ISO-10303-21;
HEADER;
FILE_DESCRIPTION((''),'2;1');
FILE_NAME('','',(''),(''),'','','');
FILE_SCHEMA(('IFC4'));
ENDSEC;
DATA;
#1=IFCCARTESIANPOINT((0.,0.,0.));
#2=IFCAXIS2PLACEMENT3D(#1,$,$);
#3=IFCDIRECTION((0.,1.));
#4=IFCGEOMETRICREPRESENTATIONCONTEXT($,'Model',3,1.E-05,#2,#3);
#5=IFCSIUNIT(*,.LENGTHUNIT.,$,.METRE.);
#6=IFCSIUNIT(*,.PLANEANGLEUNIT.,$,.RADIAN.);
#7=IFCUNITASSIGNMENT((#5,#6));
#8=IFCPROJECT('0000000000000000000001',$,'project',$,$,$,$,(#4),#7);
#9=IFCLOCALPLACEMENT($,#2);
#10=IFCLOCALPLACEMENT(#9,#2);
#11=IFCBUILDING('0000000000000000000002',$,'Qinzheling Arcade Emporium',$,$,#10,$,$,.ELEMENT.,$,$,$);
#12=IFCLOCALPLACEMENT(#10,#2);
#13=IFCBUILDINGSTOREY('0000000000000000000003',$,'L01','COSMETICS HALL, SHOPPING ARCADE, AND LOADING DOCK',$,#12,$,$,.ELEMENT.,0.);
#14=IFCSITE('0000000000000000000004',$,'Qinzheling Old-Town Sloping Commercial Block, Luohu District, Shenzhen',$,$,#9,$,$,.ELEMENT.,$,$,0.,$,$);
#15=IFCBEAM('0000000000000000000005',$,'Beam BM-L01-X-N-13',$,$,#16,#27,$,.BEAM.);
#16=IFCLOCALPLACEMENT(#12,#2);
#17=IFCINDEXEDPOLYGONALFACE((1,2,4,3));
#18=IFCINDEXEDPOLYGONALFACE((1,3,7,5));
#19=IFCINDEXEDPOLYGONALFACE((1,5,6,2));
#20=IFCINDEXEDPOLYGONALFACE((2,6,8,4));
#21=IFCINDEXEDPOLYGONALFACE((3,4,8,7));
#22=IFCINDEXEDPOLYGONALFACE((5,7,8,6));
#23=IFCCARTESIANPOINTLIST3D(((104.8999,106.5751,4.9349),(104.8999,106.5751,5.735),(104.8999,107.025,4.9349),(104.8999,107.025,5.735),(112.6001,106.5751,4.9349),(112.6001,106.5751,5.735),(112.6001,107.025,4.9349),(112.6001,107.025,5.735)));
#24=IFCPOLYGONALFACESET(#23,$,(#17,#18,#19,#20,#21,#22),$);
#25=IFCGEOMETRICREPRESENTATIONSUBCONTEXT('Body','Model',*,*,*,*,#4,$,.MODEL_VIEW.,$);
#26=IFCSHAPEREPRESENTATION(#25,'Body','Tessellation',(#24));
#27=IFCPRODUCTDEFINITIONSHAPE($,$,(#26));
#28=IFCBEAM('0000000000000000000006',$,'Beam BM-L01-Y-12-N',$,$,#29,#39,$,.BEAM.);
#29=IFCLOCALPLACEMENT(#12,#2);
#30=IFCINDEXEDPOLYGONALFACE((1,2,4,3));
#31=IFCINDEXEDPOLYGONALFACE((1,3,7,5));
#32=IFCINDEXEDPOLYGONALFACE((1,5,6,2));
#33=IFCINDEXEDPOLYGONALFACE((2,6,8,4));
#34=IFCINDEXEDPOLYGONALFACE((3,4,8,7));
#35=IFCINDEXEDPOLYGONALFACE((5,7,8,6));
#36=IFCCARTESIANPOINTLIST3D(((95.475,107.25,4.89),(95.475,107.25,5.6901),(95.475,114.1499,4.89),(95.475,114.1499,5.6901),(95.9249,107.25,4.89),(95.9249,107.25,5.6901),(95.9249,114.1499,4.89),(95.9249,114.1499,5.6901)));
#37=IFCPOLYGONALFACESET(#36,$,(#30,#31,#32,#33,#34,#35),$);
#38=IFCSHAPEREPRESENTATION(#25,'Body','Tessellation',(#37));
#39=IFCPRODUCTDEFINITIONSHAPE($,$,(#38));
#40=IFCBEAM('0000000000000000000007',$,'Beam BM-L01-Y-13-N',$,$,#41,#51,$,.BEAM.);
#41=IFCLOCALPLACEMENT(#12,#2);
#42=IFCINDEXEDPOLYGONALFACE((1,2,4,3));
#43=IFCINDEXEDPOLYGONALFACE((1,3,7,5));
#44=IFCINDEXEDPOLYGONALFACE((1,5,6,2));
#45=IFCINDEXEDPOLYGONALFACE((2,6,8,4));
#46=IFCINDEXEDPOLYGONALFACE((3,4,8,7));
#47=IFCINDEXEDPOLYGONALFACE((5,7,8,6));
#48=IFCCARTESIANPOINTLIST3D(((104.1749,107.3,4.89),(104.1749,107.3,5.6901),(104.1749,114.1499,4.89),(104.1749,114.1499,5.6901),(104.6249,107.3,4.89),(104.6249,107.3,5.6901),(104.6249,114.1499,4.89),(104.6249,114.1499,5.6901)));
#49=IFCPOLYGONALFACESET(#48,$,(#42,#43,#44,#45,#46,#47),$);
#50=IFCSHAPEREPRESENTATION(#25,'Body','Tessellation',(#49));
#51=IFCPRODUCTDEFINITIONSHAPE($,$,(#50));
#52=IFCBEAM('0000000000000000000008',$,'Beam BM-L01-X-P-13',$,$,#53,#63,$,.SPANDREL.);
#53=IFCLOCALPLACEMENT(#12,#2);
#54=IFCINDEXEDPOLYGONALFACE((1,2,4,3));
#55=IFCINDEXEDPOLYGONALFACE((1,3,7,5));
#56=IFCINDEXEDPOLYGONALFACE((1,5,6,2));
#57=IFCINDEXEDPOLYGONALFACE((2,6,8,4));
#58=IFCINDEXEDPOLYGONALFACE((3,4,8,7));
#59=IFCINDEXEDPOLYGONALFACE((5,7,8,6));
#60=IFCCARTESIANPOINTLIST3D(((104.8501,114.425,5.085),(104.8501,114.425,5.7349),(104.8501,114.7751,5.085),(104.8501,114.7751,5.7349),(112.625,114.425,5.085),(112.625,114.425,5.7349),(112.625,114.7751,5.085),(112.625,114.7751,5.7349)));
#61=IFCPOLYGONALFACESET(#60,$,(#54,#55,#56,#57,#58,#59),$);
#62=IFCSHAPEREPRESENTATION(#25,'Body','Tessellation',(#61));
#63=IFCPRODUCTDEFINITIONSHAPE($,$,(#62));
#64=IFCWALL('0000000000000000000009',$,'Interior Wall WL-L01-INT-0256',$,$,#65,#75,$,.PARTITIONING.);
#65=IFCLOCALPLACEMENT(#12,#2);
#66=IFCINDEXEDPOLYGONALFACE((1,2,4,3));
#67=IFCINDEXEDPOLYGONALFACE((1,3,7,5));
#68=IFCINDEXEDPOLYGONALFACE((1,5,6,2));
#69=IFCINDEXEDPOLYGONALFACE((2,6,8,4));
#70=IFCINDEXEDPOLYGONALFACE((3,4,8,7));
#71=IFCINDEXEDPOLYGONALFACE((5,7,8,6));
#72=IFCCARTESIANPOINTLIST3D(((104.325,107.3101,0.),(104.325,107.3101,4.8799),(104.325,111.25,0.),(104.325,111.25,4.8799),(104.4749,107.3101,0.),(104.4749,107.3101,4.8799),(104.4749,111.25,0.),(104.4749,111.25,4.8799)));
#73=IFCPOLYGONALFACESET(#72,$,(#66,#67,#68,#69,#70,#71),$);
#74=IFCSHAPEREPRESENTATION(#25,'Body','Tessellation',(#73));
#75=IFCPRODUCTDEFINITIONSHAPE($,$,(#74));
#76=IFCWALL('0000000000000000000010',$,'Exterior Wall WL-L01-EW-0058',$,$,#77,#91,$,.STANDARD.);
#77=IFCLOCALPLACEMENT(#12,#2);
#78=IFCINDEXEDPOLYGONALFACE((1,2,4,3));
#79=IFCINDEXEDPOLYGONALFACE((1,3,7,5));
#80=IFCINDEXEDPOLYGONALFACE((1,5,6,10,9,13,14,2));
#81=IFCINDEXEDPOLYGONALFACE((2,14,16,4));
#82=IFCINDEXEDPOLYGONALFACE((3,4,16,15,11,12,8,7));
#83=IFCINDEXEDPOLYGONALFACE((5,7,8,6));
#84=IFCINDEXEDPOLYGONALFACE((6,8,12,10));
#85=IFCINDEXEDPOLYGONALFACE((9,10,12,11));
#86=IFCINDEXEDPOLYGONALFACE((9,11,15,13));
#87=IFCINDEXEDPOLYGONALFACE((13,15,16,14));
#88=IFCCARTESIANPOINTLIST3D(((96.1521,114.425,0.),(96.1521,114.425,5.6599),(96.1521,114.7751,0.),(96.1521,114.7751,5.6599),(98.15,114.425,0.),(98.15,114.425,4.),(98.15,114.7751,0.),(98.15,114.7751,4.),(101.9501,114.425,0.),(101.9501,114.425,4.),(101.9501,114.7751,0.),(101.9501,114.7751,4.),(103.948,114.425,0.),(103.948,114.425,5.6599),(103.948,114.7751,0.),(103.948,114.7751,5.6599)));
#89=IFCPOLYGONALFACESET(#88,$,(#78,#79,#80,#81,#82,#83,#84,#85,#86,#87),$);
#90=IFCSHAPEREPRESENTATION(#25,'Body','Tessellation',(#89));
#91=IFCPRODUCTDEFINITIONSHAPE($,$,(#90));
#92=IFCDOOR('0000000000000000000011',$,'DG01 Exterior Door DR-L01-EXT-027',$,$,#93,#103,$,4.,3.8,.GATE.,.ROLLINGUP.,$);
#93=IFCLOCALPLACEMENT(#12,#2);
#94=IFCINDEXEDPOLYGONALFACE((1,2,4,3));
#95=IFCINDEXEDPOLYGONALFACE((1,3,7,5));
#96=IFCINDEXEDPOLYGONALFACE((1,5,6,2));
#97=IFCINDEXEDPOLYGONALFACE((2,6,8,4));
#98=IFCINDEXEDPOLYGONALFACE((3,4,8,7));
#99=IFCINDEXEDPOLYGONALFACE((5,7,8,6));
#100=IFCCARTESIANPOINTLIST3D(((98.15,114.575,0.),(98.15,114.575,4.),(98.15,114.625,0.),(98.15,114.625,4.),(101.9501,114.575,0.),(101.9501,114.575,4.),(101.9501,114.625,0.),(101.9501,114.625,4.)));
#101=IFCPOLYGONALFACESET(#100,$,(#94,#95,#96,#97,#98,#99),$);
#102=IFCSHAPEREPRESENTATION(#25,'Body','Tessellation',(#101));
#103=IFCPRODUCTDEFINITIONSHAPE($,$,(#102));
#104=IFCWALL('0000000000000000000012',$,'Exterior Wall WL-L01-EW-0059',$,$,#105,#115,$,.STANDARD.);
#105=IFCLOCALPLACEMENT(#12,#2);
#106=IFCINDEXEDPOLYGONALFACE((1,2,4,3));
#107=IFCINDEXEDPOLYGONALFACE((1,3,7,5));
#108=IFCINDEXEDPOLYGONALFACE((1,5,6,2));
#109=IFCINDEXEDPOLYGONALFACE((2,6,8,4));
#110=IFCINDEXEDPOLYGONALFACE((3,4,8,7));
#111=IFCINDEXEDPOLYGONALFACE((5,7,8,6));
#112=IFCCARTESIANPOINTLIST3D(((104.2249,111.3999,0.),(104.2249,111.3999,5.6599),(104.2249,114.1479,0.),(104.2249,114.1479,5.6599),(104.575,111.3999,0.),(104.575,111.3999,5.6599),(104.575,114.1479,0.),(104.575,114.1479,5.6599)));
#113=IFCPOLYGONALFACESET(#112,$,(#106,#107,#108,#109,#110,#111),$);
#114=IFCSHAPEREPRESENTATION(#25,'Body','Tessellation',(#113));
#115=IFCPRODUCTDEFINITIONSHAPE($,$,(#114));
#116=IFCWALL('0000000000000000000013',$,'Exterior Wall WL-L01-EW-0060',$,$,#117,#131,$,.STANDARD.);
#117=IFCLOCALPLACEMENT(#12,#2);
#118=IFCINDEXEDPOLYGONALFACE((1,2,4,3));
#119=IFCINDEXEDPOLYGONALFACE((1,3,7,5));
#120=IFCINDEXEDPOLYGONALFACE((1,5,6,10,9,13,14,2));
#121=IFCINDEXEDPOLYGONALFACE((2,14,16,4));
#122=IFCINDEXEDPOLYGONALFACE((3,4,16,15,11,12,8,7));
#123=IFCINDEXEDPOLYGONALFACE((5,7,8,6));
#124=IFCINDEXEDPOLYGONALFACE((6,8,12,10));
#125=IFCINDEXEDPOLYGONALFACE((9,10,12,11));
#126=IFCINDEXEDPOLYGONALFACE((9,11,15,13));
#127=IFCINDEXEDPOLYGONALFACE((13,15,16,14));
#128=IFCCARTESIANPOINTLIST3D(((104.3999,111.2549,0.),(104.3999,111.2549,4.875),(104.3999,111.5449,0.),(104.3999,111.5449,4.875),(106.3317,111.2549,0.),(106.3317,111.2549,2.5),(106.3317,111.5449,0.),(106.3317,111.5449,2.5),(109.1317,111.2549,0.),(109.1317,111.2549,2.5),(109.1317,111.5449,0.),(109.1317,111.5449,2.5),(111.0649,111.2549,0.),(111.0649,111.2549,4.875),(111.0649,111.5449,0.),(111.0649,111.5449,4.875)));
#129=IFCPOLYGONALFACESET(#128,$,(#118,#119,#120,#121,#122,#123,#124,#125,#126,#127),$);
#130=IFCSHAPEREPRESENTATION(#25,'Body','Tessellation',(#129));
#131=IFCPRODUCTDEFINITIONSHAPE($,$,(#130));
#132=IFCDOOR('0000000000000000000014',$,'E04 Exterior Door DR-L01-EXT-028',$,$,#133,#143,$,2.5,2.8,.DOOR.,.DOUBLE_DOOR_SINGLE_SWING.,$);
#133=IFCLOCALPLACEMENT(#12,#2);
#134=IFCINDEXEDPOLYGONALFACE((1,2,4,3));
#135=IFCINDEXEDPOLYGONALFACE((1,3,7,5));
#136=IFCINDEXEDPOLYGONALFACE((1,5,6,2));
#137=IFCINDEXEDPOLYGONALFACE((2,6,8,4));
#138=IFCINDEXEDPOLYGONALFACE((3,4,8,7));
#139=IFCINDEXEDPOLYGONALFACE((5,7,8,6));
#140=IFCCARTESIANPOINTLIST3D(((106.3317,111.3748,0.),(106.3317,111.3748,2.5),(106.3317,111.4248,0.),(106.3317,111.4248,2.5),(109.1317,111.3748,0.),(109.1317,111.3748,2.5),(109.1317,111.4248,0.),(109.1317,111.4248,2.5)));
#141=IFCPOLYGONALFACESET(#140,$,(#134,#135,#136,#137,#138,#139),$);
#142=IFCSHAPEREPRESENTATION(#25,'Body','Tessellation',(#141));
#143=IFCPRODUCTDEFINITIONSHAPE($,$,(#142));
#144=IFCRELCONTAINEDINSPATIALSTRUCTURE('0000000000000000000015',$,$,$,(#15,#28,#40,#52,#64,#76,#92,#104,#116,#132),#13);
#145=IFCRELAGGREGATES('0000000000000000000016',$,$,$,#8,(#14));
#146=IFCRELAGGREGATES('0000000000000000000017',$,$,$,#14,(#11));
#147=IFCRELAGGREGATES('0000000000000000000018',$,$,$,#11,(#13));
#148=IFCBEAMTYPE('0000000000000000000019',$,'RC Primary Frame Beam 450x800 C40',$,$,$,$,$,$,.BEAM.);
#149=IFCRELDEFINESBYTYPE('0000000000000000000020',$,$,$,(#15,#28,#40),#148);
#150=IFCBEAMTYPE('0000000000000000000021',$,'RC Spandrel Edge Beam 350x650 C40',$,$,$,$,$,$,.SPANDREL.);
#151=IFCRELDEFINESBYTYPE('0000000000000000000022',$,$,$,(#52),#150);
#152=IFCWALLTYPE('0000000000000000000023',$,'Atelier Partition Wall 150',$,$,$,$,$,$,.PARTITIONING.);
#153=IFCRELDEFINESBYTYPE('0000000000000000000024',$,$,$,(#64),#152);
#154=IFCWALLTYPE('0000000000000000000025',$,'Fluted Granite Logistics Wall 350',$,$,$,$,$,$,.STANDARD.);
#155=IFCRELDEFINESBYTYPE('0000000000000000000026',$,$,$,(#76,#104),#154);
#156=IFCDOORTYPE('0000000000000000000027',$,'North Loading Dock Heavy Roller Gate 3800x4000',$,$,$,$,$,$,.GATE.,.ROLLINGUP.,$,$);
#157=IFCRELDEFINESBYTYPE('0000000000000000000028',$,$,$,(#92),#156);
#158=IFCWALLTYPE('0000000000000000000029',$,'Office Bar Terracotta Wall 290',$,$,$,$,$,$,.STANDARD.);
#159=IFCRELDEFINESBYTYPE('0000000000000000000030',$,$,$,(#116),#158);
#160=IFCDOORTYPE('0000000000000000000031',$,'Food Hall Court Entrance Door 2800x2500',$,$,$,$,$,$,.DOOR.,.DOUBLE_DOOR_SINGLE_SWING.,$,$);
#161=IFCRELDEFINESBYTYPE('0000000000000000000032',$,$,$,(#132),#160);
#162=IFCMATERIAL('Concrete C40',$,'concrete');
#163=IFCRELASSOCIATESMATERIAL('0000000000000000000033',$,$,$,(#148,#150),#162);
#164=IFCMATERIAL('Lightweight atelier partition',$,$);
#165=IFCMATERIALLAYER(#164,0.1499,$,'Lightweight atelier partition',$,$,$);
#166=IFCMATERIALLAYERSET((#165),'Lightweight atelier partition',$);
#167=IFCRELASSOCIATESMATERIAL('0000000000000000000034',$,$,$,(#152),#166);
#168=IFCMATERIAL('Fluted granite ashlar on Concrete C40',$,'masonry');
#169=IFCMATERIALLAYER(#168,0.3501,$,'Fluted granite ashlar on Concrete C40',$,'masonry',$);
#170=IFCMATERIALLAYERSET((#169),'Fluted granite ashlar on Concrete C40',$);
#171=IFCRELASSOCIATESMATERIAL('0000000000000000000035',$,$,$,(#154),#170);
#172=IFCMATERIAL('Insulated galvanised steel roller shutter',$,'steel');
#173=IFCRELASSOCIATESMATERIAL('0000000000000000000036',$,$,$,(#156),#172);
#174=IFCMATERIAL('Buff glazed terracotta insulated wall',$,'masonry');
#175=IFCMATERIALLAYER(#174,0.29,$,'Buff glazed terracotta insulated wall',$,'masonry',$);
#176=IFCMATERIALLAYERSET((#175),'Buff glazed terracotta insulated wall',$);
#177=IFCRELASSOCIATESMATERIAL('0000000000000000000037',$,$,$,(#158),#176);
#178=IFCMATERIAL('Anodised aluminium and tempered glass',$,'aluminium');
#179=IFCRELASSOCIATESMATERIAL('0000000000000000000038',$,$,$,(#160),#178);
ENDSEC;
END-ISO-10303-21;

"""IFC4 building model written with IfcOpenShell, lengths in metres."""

from ifc_helpers import new_model, si_unit, direction, frame, frame_2d, origin, origin_2d, place, context, subcontext, project, spatial, rectangle, extrude, material, layer, layer_set, material_profile, profile_set, type_object, element, fill, save


model = new_model("IFC4")

# Units and contexts
model_context = context("Model", 3, precision=1e-05, world=origin(), true_north=direction((0.0, 1.0)))
body_context = subcontext(model_context, "Body", "Model", "MODEL_VIEW")
ifc_project = project(units=[si_unit("LENGTHUNIT", "METRE"), si_unit("PLANEANGLEUNIT", "RADIAN")], contexts=[model_context])

# Site, building, storey
site_placement = place(None, origin())
site = spatial("IfcSite", under=ifc_project, at=site_placement, Name="Qinzheling Old-Town Sloping Commercial Block, Luohu District, Shenzhen", CompositionType="ELEMENT", RefElevation=0.0)
building_placement = place(site_placement, origin())
building = spatial("IfcBuilding", under=site, at=building_placement, Name="Qinzheling Arcade Emporium", CompositionType="ELEMENT")
storey_placement = place(building_placement, origin())
storey = spatial("IfcBuildingStorey", under=building, at=storey_placement, Name="L01", Description="COSMETICS HALL, SHOPPING ARCADE, AND LOADING DOCK", CompositionType="ELEMENT", Elevation=0.0)

# Beams
ifc_material_1 = material(Name="Concrete C40", Category="concrete")
ifc_material_profile_1 = material_profile(ifc_material_1, rectangle(XDim=0.45, YDim=0.8, at=origin_2d()), Name="RC 450x800", Category="concrete")
ifc_profile_set_1 = profile_set([ifc_material_profile_1], Name="Concrete C40")
beam_type_1 = type_object("IfcBeamType", Name="RC Primary Frame Beam 450x800 C40", PredefinedType="BEAM", material=ifc_profile_set_1)
beam_1_placement = place(storey_placement, frame((104.8999, 106.8, 5.335), z_axis=(1.0, 0.0, 0.0), x_axis=(0.0, 1.0, 0.0)))
element("IfcBeam", 1, at=beam_1_placement, inside=storey, type_object=beam_type_1, Name="Beam BM-L01-X-N-13", PredefinedType="BEAM", context=body_context, shape_type="SweptSolid", body=[
    extrude(rectangle(XDim=0.45, YDim=0.8, at=origin_2d()), origin(), (0.0, 0.0, 1.0), 7.7002),
])
beam_2_placement = place(storey_placement, frame((95.7, 107.25, 5.29), z_axis=(0.0, 1.0, 0.0), x_axis=(-1.0, 0.0, 0.0)))
element("IfcBeam", 2, at=beam_2_placement, inside=storey, type_object=beam_type_1, Name="Beam BM-L01-Y-12-N", PredefinedType="BEAM", context=body_context, shape_type="SweptSolid", body=[
    extrude(rectangle(XDim=0.45, YDim=0.8, at=origin_2d()), origin(), (0.0, 0.0, 1.0), 6.8999),
])
beam_3_placement = place(storey_placement, frame((104.3999, 107.3, 5.29), z_axis=(0.0, 1.0, 0.0), x_axis=(-1.0, 0.0, 0.0)))
element("IfcBeam", 3, at=beam_3_placement, inside=storey, type_object=beam_type_1, Name="Beam BM-L01-Y-13-N", PredefinedType="BEAM", context=body_context, shape_type="SweptSolid", body=[
    extrude(rectangle(XDim=0.45, YDim=0.8, at=origin_2d()), origin(), (0.0, 0.0, 1.0), 6.8499),
])
ifc_material_profile_2 = material_profile(ifc_material_1, rectangle(XDim=0.3501, YDim=0.6499, at=origin_2d()), Name="RC 350x650", Category="concrete")
ifc_profile_set_2 = profile_set([ifc_material_profile_2], Name="Concrete C40")
beam_type_2 = type_object("IfcBeamType", Name="RC Spandrel Edge Beam 350x650 C40", PredefinedType="SPANDREL", material=ifc_profile_set_2)
beam_4_placement = place(storey_placement, frame((104.8501, 114.6001, 5.4099), z_axis=(1.0, 0.0, 0.0), x_axis=(0.0, 1.0, 0.0)))
element("IfcBeam", 4, at=beam_4_placement, inside=storey, type_object=beam_type_2, Name="Beam BM-L01-X-P-13", PredefinedType="SPANDREL", context=body_context, shape_type="SweptSolid", body=[
    extrude(rectangle(XDim=0.3501, YDim=0.6499, at=origin_2d()), origin(), (0.0, 0.0, 1.0), 7.7749),
])

# Wall
ifc_material_2 = material(Name="Lightweight atelier partition")
ifc_layer_1 = layer(ifc_material_2, 0.1499, Name="Lightweight atelier partition")
ifc_layer_set_1 = layer_set([ifc_layer_1], Name="Lightweight atelier partition")
wall_type_1 = type_object("IfcWallType", Name="Atelier Partition Wall 150", PredefinedType="PARTITIONING", material=ifc_layer_set_1)
wall_1_placement = place(storey_placement, frame((104.3999, 111.25, 0.0), z_axis=(0.0, 0.0, 1.0), x_axis=(0.0, -1.0, 0.0)))
element("IfcWall", 5, at=wall_1_placement, inside=storey, type_object=wall_type_1, Name="Interior Wall WL-L01-INT-0256", PredefinedType="PARTITIONING", context=body_context, shape_type="SweptSolid", body=[
    extrude(rectangle(XDim=3.9399, YDim=0.1499, at=frame_2d((1.97, 0.0))), origin(), (0.0, 0.0, 1.0), 4.8799),
])

# Wall, opening, door
ifc_material_3 = material(Name="Fluted granite ashlar on Concrete C40", Category="masonry")
ifc_layer_2 = layer(ifc_material_3, 0.3501, Name="Fluted granite ashlar on Concrete C40", Category="masonry")
ifc_layer_set_2 = layer_set([ifc_layer_2], Name="Fluted granite ashlar on Concrete C40")
wall_type_2 = type_object("IfcWallType", Name="Fluted Granite Logistics Wall 350", PredefinedType="STANDARD", material=ifc_layer_set_2)
wall_2_placement = place(storey_placement, frame((96.1521, 114.6001, 0.0), z_axis=(0.0, 0.0, 1.0), x_axis=(1.0, 0.0, 0.0)))
wall_2 = element("IfcWall", 6, at=wall_2_placement, inside=storey, type_object=wall_type_2, Name="Exterior Wall WL-L01-EW-0058", PredefinedType="STANDARD", context=body_context, shape_type="SweptSolid", body=[
    extrude(rectangle(XDim=7.7959, YDim=0.3501, at=frame_2d((3.8979, 0.0))), origin(), (0.0, 0.0, 1.0), 5.6599),
])
opening_1_placement = place(wall_2_placement, frame((1.998, 0.0, 0.0)))
opening_1 = element("IfcOpeningElement", 7, at=opening_1_placement, cuts=wall_2, PredefinedType="OPENING", context=body_context, shape_type="SweptSolid", body=[
    extrude(rectangle(XDim=3.8, YDim=4.0, at=frame_2d((1.8999, 2.0))), frame((0.0, 0.1851, 0.0), z_axis=(0.0, -1.0, 0.0), x_axis=(1.0, 0.0, 0.0)), (0.0, 0.0, 1.0), 0.3701),
])
ifc_material_4 = material(Name="Insulated galvanised steel roller shutter", Category="steel")
door_type_1 = type_object("IfcDoorType", Name="North Loading Dock Heavy Roller Gate 3800x4000", OperationType="ROLLINGUP", PredefinedType="GATE", material=ifc_material_4)
door_1_placement = place(opening_1_placement, origin())
door_1 = element("IfcDoor", 8, at=door_1_placement, inside=storey, type_object=door_type_1, Name="DG01 Exterior Door DR-L01-EXT-027", OperationType="ROLLINGUP", OverallHeight=4.0, OverallWidth=3.8, PredefinedType="GATE", context=body_context, shape_type="SweptSolid", body=[
    extrude(rectangle(XDim=3.8, YDim=4.0, at=frame_2d((1.8999, 2.0))), frame((0.0, 0.0249, 0.0), z_axis=(0.0, -1.0, 0.0), x_axis=(1.0, 0.0, 0.0)), (0.0, 0.0, 1.0), 0.05),
])
fill(opening_1, door_1)

# Wall
wall_3_placement = place(storey_placement, frame((104.3999, 114.1479, 0.0), z_axis=(0.0, 0.0, 1.0), x_axis=(0.0, -1.0, 0.0)))
element("IfcWall", 9, at=wall_3_placement, inside=storey, type_object=wall_type_2, Name="Exterior Wall WL-L01-EW-0059", PredefinedType="STANDARD", context=body_context, shape_type="SweptSolid", body=[
    extrude(rectangle(XDim=2.748, YDim=0.3501, at=frame_2d((1.374, 0.0))), origin(), (0.0, 0.0, 1.0), 5.6599),
])

# Wall, opening, door
ifc_material_5 = material(Name="Buff glazed terracotta insulated wall", Category="masonry")
ifc_layer_3 = layer(ifc_material_5, 0.29, Name="Buff glazed terracotta insulated wall", Category="masonry")
ifc_layer_set_3 = layer_set([ifc_layer_3], Name="Buff glazed terracotta insulated wall")
wall_type_3 = type_object("IfcWallType", Name="Office Bar Terracotta Wall 290", PredefinedType="STANDARD", material=ifc_layer_set_3)
wall_4_placement = place(storey_placement, frame((104.3999, 111.3999, 0.0), z_axis=(0.0, 0.0, 1.0), x_axis=(1.0, 0.0, 0.0)))
wall_4 = element("IfcWall", 10, at=wall_4_placement, inside=storey, type_object=wall_type_3, Name="Exterior Wall WL-L01-EW-0060", PredefinedType="STANDARD", context=body_context, shape_type="SweptSolid", body=[
    extrude(rectangle(XDim=6.665, YDim=0.29, at=frame_2d((3.3325, 0.0))), origin(), (0.0, 0.0, 1.0), 4.875),
])
opening_2_placement = place(wall_4_placement, frame((1.9319, 0.0, 0.0)))
opening_2 = element("IfcOpeningElement", 11, at=opening_2_placement, cuts=wall_4, PredefinedType="OPENING", context=body_context, shape_type="SweptSolid", body=[
    extrude(rectangle(XDim=2.8, YDim=2.5, at=frame_2d((1.3999, 1.25))), frame((0.0, 0.155, 0.0), z_axis=(0.0, -1.0, 0.0), x_axis=(1.0, 0.0, 0.0)), (0.0, 0.0, 1.0), 0.3101),
])
ifc_material_6 = material(Name="Anodised aluminium and tempered glass", Category="aluminium")
door_type_2 = type_object("IfcDoorType", Name="Food Hall Court Entrance Door 2800x2500", OperationType="DOUBLE_DOOR_SINGLE_SWING", PredefinedType="DOOR", material=ifc_material_6)
door_2_placement = place(opening_2_placement, origin())
door_2 = element("IfcDoor", 12, at=door_2_placement, inside=storey, type_object=door_type_2, Name="E04 Exterior Door DR-L01-EXT-028", OperationType="DOUBLE_DOOR_SINGLE_SWING", OverallHeight=2.5, OverallWidth=2.8, PredefinedType="DOOR", context=body_context, shape_type="SweptSolid", body=[
    extrude(rectangle(XDim=2.8, YDim=2.5, at=frame_2d((1.3999, 1.25))), frame((0.0, 0.0249, 0.0), z_axis=(0.0, -1.0, 0.0), x_axis=(1.0, 0.0, 0.0)), (0.0, 0.0, 1.0), 0.05),
])
fill(opening_2, door_2)

save(model, "model.ifc")
